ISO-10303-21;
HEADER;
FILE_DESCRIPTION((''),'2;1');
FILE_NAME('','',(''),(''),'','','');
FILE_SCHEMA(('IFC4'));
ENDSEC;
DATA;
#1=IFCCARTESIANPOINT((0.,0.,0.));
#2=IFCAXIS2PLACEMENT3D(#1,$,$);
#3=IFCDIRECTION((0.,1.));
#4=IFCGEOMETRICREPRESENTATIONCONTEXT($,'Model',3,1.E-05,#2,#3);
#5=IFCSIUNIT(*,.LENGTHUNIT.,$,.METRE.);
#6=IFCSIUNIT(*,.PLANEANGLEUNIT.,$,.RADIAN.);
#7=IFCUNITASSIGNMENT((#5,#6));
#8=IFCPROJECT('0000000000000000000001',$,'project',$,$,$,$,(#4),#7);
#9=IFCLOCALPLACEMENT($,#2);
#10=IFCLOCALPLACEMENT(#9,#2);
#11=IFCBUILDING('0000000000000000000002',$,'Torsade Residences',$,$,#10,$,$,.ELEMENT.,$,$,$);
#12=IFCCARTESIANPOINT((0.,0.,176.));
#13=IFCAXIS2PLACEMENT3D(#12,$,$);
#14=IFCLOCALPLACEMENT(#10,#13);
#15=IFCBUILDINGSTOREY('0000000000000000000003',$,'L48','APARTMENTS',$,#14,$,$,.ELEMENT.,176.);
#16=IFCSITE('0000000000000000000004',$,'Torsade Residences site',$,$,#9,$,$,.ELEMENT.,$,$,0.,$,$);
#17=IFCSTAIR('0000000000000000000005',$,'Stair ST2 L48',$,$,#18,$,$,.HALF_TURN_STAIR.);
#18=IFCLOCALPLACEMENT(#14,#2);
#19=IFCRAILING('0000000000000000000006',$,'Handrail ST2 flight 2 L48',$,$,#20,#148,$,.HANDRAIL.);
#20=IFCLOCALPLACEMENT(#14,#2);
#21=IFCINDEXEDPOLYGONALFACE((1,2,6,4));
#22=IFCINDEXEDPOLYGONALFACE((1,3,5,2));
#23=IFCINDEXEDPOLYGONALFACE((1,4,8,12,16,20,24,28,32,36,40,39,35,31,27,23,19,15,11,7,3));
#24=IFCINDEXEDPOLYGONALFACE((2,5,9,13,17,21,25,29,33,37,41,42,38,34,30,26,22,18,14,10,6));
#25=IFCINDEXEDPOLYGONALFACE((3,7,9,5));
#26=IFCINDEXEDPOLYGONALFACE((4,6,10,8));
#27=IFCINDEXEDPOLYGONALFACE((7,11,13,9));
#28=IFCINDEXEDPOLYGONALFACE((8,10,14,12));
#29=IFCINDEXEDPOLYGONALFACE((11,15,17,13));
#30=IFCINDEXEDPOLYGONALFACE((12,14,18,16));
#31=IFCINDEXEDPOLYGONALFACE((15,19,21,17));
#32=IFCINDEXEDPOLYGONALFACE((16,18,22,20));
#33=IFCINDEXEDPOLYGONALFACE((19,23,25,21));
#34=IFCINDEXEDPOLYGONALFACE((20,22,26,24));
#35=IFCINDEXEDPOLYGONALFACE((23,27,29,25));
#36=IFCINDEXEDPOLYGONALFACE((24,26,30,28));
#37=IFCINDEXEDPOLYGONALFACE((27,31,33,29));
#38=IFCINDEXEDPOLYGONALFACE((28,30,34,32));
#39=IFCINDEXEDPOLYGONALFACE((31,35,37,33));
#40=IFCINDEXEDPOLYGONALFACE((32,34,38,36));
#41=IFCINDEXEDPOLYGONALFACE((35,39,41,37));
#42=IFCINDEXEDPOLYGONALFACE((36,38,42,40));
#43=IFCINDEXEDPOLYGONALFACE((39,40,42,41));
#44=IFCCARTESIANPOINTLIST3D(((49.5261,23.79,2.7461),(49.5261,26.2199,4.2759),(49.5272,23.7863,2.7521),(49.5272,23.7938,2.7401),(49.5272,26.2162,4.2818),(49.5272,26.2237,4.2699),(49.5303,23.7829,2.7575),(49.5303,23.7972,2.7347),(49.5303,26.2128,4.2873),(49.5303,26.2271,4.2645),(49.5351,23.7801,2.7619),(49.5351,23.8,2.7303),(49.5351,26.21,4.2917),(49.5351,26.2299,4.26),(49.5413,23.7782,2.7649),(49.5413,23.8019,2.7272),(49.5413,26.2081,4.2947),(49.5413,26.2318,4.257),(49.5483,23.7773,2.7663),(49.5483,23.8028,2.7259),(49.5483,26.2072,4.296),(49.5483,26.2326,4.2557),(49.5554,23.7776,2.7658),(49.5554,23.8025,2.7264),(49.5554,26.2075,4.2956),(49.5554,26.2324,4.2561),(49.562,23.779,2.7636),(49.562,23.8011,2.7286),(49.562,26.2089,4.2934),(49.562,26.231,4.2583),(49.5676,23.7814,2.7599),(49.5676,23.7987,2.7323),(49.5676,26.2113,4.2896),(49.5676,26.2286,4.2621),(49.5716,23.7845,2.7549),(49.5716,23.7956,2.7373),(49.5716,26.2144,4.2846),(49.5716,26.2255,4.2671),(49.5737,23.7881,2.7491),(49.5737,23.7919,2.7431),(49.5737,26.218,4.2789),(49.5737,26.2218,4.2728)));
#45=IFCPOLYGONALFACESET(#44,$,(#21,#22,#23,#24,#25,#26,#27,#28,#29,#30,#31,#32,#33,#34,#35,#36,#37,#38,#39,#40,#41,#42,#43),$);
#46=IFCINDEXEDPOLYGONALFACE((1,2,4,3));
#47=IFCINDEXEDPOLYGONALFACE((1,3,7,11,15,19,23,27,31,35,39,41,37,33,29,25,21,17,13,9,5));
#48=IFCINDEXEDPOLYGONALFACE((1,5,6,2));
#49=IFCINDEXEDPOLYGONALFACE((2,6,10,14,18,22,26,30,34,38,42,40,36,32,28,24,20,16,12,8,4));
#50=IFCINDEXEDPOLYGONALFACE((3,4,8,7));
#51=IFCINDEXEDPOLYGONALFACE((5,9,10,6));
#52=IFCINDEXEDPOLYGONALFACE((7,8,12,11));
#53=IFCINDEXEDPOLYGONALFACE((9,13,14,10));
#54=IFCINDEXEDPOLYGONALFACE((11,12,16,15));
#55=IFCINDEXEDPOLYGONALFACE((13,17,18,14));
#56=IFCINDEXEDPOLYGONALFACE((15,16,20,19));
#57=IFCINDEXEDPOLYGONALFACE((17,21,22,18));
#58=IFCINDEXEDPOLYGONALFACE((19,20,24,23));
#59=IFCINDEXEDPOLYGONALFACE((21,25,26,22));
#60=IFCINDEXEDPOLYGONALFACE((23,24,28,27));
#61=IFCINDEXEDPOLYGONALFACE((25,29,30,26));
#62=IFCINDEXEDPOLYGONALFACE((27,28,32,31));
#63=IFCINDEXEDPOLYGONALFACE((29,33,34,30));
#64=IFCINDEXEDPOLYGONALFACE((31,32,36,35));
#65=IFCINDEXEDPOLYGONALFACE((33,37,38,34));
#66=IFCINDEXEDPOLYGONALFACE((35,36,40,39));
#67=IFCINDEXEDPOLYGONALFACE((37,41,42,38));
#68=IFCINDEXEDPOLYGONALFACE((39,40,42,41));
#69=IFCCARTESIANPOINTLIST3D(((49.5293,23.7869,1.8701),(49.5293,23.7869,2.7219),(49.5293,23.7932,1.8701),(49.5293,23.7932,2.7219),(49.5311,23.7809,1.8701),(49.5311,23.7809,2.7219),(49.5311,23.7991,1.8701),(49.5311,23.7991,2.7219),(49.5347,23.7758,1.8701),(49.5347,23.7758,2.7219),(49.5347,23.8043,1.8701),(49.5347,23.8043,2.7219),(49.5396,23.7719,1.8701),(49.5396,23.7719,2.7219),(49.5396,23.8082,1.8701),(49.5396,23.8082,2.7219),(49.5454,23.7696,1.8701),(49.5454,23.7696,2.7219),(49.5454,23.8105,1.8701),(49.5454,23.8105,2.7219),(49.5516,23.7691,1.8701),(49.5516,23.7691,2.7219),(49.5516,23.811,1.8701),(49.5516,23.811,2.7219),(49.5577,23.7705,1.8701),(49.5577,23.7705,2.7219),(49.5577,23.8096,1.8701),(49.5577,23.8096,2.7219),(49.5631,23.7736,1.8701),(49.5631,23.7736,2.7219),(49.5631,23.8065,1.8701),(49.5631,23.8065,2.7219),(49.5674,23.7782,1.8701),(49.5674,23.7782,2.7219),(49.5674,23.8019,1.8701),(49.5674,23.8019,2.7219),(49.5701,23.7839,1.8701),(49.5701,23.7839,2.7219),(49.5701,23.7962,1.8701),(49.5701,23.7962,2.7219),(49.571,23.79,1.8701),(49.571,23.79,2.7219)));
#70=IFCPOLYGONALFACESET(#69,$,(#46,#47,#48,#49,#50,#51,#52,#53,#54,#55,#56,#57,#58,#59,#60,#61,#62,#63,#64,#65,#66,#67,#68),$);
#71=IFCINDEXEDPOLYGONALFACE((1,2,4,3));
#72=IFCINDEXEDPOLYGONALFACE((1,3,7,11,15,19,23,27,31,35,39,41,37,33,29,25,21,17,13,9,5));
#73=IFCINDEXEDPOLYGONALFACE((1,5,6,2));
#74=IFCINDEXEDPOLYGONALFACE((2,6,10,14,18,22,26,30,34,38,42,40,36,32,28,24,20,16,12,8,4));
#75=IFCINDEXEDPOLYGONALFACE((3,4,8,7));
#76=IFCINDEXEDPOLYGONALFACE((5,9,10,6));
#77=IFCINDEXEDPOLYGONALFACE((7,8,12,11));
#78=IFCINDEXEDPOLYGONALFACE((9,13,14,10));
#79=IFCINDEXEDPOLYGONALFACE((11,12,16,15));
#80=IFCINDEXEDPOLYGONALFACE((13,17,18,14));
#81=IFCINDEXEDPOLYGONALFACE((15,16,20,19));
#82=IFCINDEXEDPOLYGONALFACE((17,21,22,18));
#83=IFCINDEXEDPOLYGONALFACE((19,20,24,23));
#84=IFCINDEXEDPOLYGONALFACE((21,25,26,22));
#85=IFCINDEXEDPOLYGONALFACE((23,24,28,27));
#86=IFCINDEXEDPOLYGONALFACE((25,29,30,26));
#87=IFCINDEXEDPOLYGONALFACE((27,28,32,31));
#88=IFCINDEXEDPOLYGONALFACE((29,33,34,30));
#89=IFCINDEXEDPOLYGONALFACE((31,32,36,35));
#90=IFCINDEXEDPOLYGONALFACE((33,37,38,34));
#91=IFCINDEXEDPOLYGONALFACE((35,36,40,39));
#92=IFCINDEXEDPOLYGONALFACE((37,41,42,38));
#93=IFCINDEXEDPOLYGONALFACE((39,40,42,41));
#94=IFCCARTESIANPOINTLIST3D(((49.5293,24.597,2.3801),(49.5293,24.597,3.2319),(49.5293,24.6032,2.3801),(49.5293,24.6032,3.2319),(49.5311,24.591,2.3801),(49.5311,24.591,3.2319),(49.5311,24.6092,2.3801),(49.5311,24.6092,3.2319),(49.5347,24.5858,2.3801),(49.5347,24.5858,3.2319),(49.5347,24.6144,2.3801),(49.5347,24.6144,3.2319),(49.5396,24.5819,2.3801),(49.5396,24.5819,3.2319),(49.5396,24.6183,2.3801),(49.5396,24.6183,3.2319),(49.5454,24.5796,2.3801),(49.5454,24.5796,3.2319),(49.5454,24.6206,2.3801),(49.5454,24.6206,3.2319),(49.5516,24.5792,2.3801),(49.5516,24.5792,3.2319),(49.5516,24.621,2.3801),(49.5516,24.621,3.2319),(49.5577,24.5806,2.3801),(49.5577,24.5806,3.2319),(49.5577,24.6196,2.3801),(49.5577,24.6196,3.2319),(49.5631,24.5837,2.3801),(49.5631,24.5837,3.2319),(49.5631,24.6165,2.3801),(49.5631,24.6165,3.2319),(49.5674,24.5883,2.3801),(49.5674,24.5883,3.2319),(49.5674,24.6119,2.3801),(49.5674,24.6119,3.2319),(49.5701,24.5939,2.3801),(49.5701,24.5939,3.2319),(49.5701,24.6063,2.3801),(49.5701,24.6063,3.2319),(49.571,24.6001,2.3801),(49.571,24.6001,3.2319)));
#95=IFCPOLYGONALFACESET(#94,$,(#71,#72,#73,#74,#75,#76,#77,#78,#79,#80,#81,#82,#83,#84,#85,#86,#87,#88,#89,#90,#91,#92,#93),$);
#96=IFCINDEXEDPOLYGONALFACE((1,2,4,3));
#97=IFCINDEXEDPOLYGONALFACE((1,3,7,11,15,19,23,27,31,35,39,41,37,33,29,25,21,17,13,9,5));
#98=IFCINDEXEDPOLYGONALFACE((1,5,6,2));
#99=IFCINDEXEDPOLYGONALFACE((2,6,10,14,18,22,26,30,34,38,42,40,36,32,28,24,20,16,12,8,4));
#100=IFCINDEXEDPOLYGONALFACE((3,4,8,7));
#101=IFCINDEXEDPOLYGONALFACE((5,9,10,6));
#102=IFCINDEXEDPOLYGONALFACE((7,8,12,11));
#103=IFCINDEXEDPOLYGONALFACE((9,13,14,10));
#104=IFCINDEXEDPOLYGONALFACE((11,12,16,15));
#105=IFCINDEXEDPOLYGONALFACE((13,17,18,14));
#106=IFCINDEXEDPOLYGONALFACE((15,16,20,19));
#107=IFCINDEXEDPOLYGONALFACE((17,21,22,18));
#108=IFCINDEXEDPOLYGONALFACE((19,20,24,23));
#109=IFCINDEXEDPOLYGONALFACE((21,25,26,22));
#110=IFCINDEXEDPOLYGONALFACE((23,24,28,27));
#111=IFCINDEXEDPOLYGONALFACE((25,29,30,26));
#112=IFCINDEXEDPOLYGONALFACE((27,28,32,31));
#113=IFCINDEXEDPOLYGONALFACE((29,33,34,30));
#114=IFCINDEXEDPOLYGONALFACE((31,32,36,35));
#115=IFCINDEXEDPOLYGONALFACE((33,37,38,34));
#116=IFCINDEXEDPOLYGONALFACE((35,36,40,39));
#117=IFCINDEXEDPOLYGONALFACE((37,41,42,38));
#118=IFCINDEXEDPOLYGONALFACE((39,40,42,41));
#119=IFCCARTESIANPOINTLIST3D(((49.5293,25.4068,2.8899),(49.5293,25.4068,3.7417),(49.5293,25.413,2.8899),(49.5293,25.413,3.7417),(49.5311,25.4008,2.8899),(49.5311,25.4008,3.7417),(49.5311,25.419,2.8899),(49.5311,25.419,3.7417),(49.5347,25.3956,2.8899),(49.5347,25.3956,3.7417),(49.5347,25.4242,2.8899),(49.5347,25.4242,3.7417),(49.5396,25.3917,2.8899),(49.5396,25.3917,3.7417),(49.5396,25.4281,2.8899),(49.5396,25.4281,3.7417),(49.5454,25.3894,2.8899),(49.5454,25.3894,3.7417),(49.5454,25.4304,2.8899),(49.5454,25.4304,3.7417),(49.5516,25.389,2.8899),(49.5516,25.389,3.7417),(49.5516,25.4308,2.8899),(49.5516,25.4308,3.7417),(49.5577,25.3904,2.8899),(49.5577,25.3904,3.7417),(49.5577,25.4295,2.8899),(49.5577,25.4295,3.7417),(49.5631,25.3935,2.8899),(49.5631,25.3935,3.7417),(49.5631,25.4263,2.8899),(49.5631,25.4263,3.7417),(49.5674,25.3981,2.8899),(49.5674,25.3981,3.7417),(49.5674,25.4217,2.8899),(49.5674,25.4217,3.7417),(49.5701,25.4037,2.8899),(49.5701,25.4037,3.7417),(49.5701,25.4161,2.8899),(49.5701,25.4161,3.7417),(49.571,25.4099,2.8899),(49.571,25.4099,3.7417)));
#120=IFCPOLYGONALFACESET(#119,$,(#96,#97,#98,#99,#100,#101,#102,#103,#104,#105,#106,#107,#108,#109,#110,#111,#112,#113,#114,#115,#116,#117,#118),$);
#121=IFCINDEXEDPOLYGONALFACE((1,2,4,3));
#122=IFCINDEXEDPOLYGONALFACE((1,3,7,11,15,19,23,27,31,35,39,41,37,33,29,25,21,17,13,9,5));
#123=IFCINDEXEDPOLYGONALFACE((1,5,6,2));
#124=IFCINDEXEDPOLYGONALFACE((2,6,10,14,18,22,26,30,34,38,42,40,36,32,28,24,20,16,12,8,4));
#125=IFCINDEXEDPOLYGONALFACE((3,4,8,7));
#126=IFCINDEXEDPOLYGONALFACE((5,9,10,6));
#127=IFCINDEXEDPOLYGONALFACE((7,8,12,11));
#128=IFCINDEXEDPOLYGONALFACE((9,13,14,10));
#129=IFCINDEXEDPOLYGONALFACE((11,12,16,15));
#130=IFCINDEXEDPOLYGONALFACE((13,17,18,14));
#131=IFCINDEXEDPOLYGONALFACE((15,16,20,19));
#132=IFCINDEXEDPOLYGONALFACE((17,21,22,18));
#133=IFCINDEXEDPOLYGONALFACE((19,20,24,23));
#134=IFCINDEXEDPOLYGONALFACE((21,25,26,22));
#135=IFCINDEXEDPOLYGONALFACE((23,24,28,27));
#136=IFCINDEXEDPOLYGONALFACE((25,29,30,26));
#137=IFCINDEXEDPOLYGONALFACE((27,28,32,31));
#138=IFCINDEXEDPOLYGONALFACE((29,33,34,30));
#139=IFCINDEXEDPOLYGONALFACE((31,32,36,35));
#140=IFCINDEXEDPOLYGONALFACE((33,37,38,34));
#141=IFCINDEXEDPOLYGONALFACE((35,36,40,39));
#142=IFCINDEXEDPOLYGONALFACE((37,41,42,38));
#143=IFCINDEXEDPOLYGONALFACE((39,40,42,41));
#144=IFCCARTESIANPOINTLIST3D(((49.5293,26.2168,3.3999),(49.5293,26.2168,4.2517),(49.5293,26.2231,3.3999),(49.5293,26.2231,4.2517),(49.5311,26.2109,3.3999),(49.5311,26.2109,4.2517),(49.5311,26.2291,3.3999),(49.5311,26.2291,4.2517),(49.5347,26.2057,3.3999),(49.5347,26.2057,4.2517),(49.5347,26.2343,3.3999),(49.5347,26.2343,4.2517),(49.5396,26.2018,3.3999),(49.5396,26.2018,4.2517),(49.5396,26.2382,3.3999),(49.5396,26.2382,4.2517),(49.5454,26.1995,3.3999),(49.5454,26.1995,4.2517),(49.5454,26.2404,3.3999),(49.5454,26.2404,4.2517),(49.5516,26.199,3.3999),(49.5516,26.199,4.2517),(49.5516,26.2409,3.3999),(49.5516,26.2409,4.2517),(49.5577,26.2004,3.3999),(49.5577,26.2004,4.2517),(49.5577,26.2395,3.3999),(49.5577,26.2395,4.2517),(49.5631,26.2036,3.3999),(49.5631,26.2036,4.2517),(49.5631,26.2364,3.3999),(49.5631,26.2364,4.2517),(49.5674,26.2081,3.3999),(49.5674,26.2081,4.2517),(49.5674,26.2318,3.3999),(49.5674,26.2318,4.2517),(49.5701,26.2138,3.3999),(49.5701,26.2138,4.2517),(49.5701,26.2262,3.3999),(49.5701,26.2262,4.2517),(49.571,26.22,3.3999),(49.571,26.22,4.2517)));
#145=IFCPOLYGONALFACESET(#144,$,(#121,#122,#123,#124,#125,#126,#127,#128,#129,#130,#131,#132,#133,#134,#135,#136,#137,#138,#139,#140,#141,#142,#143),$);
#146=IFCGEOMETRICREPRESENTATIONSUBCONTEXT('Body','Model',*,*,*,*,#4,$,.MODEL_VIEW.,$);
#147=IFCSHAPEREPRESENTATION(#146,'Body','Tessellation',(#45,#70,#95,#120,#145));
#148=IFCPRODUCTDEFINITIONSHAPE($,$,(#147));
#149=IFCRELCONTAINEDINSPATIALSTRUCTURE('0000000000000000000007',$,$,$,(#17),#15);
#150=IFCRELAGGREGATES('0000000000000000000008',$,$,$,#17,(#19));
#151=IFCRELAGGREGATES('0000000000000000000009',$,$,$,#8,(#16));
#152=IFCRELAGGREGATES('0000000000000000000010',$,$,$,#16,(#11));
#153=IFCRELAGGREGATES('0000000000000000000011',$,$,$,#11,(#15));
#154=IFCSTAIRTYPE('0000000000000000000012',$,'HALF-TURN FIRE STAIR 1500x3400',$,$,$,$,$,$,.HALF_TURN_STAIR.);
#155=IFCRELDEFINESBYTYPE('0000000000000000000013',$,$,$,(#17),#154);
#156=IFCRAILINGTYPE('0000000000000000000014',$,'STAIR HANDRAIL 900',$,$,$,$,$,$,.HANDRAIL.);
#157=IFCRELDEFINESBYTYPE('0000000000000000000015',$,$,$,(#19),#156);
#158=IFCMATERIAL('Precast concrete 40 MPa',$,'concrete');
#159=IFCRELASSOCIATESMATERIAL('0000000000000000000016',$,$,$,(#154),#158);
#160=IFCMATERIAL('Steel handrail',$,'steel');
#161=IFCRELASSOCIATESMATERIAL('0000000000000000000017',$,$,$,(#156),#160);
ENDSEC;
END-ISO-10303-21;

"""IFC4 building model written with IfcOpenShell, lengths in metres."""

from ifc_helpers import new_model, si_unit, direction, frame, origin, origin_2d, place, context, subcontext, project, spatial, circle, extrude, material, type_object, element, aggregate, save


model = new_model("IFC4")

# Units and contexts
model_context = context("Model", 3, precision=1e-05, world=origin(), true_north=direction((0.0, 1.0)))
body_context = subcontext(model_context, "Body", "Model", "MODEL_VIEW")
ifc_project = project(units=[si_unit("LENGTHUNIT", "METRE"), si_unit("PLANEANGLEUNIT", "RADIAN")], contexts=[model_context])

# Site, building, storey
site_placement = place(None, origin())
site = spatial("IfcSite", under=ifc_project, at=site_placement, Name="Torsade Residences site", CompositionType="ELEMENT", RefElevation=0.0)
building_placement = place(site_placement, origin())
building = spatial("IfcBuilding", under=site, at=building_placement, Name="Torsade Residences", CompositionType="ELEMENT")
storey_placement = place(building_placement, frame((0.0, 0.0, 176.0)))
storey = spatial("IfcBuildingStorey", under=building, at=storey_placement, Name="L48", Description="APARTMENTS", CompositionType="ELEMENT", Elevation=176.0)

# Stair, railing
ifc_material_1 = material(Name="Precast concrete 40 MPa", Category="concrete")
stair_type = type_object("IfcStairType", Name="HALF-TURN FIRE STAIR 1500x3400", PredefinedType="HALF_TURN_STAIR", material=ifc_material_1)
stair_placement = place(storey_placement, origin())
stair = element("IfcStair", 1, at=stair_placement, inside=storey, type_object=stair_type, Name="Stair ST2 L48", PredefinedType="HALF_TURN_STAIR")
ifc_material_2 = material(Name="Steel handrail", Category="steel")
railing_type = type_object("IfcRailingType", Name="STAIR HANDRAIL 900", PredefinedType="HANDRAIL", material=ifc_material_2)
railing_1_placement = place(storey_placement, frame((49.55, 23.79, 1.8701)))
railing_1 = element("IfcRailing", 2, at=railing_1_placement, type_object=railing_type, Name="Handrail ST2 flight 2 L48", PredefinedType="HANDRAIL", context=body_context, shape_type="SweptSolid", body=[
    extrude(circle(Radius=0.0239, at=origin_2d()), frame((0.0, 0.0, 0.876), z_axis=(0.0, 0.84626, 0.53277), x_axis=(-1.0, 0.0, 0.0)), (0.0, 0.0, 1.0), 2.8713),
    extrude(circle(Radius=0.021, at=origin_2d()), origin(), (0.0, 0.0, 1.0), 0.8518),
    extrude(circle(Radius=0.021, at=origin_2d()), frame((0.0, 0.8101, 0.51)), (0.0, 0.0, 1.0), 0.8518),
    extrude(circle(Radius=0.021, at=origin_2d()), frame((0.0, 1.6199, 1.0198)), (0.0, 0.0, 1.0), 0.8518),
    extrude(circle(Radius=0.021, at=origin_2d()), frame((0.0, 2.4299, 1.5298)), (0.0, 0.0, 1.0), 0.8518),
])
aggregate(stair, [railing_1])

save(model, "model.ifc")
